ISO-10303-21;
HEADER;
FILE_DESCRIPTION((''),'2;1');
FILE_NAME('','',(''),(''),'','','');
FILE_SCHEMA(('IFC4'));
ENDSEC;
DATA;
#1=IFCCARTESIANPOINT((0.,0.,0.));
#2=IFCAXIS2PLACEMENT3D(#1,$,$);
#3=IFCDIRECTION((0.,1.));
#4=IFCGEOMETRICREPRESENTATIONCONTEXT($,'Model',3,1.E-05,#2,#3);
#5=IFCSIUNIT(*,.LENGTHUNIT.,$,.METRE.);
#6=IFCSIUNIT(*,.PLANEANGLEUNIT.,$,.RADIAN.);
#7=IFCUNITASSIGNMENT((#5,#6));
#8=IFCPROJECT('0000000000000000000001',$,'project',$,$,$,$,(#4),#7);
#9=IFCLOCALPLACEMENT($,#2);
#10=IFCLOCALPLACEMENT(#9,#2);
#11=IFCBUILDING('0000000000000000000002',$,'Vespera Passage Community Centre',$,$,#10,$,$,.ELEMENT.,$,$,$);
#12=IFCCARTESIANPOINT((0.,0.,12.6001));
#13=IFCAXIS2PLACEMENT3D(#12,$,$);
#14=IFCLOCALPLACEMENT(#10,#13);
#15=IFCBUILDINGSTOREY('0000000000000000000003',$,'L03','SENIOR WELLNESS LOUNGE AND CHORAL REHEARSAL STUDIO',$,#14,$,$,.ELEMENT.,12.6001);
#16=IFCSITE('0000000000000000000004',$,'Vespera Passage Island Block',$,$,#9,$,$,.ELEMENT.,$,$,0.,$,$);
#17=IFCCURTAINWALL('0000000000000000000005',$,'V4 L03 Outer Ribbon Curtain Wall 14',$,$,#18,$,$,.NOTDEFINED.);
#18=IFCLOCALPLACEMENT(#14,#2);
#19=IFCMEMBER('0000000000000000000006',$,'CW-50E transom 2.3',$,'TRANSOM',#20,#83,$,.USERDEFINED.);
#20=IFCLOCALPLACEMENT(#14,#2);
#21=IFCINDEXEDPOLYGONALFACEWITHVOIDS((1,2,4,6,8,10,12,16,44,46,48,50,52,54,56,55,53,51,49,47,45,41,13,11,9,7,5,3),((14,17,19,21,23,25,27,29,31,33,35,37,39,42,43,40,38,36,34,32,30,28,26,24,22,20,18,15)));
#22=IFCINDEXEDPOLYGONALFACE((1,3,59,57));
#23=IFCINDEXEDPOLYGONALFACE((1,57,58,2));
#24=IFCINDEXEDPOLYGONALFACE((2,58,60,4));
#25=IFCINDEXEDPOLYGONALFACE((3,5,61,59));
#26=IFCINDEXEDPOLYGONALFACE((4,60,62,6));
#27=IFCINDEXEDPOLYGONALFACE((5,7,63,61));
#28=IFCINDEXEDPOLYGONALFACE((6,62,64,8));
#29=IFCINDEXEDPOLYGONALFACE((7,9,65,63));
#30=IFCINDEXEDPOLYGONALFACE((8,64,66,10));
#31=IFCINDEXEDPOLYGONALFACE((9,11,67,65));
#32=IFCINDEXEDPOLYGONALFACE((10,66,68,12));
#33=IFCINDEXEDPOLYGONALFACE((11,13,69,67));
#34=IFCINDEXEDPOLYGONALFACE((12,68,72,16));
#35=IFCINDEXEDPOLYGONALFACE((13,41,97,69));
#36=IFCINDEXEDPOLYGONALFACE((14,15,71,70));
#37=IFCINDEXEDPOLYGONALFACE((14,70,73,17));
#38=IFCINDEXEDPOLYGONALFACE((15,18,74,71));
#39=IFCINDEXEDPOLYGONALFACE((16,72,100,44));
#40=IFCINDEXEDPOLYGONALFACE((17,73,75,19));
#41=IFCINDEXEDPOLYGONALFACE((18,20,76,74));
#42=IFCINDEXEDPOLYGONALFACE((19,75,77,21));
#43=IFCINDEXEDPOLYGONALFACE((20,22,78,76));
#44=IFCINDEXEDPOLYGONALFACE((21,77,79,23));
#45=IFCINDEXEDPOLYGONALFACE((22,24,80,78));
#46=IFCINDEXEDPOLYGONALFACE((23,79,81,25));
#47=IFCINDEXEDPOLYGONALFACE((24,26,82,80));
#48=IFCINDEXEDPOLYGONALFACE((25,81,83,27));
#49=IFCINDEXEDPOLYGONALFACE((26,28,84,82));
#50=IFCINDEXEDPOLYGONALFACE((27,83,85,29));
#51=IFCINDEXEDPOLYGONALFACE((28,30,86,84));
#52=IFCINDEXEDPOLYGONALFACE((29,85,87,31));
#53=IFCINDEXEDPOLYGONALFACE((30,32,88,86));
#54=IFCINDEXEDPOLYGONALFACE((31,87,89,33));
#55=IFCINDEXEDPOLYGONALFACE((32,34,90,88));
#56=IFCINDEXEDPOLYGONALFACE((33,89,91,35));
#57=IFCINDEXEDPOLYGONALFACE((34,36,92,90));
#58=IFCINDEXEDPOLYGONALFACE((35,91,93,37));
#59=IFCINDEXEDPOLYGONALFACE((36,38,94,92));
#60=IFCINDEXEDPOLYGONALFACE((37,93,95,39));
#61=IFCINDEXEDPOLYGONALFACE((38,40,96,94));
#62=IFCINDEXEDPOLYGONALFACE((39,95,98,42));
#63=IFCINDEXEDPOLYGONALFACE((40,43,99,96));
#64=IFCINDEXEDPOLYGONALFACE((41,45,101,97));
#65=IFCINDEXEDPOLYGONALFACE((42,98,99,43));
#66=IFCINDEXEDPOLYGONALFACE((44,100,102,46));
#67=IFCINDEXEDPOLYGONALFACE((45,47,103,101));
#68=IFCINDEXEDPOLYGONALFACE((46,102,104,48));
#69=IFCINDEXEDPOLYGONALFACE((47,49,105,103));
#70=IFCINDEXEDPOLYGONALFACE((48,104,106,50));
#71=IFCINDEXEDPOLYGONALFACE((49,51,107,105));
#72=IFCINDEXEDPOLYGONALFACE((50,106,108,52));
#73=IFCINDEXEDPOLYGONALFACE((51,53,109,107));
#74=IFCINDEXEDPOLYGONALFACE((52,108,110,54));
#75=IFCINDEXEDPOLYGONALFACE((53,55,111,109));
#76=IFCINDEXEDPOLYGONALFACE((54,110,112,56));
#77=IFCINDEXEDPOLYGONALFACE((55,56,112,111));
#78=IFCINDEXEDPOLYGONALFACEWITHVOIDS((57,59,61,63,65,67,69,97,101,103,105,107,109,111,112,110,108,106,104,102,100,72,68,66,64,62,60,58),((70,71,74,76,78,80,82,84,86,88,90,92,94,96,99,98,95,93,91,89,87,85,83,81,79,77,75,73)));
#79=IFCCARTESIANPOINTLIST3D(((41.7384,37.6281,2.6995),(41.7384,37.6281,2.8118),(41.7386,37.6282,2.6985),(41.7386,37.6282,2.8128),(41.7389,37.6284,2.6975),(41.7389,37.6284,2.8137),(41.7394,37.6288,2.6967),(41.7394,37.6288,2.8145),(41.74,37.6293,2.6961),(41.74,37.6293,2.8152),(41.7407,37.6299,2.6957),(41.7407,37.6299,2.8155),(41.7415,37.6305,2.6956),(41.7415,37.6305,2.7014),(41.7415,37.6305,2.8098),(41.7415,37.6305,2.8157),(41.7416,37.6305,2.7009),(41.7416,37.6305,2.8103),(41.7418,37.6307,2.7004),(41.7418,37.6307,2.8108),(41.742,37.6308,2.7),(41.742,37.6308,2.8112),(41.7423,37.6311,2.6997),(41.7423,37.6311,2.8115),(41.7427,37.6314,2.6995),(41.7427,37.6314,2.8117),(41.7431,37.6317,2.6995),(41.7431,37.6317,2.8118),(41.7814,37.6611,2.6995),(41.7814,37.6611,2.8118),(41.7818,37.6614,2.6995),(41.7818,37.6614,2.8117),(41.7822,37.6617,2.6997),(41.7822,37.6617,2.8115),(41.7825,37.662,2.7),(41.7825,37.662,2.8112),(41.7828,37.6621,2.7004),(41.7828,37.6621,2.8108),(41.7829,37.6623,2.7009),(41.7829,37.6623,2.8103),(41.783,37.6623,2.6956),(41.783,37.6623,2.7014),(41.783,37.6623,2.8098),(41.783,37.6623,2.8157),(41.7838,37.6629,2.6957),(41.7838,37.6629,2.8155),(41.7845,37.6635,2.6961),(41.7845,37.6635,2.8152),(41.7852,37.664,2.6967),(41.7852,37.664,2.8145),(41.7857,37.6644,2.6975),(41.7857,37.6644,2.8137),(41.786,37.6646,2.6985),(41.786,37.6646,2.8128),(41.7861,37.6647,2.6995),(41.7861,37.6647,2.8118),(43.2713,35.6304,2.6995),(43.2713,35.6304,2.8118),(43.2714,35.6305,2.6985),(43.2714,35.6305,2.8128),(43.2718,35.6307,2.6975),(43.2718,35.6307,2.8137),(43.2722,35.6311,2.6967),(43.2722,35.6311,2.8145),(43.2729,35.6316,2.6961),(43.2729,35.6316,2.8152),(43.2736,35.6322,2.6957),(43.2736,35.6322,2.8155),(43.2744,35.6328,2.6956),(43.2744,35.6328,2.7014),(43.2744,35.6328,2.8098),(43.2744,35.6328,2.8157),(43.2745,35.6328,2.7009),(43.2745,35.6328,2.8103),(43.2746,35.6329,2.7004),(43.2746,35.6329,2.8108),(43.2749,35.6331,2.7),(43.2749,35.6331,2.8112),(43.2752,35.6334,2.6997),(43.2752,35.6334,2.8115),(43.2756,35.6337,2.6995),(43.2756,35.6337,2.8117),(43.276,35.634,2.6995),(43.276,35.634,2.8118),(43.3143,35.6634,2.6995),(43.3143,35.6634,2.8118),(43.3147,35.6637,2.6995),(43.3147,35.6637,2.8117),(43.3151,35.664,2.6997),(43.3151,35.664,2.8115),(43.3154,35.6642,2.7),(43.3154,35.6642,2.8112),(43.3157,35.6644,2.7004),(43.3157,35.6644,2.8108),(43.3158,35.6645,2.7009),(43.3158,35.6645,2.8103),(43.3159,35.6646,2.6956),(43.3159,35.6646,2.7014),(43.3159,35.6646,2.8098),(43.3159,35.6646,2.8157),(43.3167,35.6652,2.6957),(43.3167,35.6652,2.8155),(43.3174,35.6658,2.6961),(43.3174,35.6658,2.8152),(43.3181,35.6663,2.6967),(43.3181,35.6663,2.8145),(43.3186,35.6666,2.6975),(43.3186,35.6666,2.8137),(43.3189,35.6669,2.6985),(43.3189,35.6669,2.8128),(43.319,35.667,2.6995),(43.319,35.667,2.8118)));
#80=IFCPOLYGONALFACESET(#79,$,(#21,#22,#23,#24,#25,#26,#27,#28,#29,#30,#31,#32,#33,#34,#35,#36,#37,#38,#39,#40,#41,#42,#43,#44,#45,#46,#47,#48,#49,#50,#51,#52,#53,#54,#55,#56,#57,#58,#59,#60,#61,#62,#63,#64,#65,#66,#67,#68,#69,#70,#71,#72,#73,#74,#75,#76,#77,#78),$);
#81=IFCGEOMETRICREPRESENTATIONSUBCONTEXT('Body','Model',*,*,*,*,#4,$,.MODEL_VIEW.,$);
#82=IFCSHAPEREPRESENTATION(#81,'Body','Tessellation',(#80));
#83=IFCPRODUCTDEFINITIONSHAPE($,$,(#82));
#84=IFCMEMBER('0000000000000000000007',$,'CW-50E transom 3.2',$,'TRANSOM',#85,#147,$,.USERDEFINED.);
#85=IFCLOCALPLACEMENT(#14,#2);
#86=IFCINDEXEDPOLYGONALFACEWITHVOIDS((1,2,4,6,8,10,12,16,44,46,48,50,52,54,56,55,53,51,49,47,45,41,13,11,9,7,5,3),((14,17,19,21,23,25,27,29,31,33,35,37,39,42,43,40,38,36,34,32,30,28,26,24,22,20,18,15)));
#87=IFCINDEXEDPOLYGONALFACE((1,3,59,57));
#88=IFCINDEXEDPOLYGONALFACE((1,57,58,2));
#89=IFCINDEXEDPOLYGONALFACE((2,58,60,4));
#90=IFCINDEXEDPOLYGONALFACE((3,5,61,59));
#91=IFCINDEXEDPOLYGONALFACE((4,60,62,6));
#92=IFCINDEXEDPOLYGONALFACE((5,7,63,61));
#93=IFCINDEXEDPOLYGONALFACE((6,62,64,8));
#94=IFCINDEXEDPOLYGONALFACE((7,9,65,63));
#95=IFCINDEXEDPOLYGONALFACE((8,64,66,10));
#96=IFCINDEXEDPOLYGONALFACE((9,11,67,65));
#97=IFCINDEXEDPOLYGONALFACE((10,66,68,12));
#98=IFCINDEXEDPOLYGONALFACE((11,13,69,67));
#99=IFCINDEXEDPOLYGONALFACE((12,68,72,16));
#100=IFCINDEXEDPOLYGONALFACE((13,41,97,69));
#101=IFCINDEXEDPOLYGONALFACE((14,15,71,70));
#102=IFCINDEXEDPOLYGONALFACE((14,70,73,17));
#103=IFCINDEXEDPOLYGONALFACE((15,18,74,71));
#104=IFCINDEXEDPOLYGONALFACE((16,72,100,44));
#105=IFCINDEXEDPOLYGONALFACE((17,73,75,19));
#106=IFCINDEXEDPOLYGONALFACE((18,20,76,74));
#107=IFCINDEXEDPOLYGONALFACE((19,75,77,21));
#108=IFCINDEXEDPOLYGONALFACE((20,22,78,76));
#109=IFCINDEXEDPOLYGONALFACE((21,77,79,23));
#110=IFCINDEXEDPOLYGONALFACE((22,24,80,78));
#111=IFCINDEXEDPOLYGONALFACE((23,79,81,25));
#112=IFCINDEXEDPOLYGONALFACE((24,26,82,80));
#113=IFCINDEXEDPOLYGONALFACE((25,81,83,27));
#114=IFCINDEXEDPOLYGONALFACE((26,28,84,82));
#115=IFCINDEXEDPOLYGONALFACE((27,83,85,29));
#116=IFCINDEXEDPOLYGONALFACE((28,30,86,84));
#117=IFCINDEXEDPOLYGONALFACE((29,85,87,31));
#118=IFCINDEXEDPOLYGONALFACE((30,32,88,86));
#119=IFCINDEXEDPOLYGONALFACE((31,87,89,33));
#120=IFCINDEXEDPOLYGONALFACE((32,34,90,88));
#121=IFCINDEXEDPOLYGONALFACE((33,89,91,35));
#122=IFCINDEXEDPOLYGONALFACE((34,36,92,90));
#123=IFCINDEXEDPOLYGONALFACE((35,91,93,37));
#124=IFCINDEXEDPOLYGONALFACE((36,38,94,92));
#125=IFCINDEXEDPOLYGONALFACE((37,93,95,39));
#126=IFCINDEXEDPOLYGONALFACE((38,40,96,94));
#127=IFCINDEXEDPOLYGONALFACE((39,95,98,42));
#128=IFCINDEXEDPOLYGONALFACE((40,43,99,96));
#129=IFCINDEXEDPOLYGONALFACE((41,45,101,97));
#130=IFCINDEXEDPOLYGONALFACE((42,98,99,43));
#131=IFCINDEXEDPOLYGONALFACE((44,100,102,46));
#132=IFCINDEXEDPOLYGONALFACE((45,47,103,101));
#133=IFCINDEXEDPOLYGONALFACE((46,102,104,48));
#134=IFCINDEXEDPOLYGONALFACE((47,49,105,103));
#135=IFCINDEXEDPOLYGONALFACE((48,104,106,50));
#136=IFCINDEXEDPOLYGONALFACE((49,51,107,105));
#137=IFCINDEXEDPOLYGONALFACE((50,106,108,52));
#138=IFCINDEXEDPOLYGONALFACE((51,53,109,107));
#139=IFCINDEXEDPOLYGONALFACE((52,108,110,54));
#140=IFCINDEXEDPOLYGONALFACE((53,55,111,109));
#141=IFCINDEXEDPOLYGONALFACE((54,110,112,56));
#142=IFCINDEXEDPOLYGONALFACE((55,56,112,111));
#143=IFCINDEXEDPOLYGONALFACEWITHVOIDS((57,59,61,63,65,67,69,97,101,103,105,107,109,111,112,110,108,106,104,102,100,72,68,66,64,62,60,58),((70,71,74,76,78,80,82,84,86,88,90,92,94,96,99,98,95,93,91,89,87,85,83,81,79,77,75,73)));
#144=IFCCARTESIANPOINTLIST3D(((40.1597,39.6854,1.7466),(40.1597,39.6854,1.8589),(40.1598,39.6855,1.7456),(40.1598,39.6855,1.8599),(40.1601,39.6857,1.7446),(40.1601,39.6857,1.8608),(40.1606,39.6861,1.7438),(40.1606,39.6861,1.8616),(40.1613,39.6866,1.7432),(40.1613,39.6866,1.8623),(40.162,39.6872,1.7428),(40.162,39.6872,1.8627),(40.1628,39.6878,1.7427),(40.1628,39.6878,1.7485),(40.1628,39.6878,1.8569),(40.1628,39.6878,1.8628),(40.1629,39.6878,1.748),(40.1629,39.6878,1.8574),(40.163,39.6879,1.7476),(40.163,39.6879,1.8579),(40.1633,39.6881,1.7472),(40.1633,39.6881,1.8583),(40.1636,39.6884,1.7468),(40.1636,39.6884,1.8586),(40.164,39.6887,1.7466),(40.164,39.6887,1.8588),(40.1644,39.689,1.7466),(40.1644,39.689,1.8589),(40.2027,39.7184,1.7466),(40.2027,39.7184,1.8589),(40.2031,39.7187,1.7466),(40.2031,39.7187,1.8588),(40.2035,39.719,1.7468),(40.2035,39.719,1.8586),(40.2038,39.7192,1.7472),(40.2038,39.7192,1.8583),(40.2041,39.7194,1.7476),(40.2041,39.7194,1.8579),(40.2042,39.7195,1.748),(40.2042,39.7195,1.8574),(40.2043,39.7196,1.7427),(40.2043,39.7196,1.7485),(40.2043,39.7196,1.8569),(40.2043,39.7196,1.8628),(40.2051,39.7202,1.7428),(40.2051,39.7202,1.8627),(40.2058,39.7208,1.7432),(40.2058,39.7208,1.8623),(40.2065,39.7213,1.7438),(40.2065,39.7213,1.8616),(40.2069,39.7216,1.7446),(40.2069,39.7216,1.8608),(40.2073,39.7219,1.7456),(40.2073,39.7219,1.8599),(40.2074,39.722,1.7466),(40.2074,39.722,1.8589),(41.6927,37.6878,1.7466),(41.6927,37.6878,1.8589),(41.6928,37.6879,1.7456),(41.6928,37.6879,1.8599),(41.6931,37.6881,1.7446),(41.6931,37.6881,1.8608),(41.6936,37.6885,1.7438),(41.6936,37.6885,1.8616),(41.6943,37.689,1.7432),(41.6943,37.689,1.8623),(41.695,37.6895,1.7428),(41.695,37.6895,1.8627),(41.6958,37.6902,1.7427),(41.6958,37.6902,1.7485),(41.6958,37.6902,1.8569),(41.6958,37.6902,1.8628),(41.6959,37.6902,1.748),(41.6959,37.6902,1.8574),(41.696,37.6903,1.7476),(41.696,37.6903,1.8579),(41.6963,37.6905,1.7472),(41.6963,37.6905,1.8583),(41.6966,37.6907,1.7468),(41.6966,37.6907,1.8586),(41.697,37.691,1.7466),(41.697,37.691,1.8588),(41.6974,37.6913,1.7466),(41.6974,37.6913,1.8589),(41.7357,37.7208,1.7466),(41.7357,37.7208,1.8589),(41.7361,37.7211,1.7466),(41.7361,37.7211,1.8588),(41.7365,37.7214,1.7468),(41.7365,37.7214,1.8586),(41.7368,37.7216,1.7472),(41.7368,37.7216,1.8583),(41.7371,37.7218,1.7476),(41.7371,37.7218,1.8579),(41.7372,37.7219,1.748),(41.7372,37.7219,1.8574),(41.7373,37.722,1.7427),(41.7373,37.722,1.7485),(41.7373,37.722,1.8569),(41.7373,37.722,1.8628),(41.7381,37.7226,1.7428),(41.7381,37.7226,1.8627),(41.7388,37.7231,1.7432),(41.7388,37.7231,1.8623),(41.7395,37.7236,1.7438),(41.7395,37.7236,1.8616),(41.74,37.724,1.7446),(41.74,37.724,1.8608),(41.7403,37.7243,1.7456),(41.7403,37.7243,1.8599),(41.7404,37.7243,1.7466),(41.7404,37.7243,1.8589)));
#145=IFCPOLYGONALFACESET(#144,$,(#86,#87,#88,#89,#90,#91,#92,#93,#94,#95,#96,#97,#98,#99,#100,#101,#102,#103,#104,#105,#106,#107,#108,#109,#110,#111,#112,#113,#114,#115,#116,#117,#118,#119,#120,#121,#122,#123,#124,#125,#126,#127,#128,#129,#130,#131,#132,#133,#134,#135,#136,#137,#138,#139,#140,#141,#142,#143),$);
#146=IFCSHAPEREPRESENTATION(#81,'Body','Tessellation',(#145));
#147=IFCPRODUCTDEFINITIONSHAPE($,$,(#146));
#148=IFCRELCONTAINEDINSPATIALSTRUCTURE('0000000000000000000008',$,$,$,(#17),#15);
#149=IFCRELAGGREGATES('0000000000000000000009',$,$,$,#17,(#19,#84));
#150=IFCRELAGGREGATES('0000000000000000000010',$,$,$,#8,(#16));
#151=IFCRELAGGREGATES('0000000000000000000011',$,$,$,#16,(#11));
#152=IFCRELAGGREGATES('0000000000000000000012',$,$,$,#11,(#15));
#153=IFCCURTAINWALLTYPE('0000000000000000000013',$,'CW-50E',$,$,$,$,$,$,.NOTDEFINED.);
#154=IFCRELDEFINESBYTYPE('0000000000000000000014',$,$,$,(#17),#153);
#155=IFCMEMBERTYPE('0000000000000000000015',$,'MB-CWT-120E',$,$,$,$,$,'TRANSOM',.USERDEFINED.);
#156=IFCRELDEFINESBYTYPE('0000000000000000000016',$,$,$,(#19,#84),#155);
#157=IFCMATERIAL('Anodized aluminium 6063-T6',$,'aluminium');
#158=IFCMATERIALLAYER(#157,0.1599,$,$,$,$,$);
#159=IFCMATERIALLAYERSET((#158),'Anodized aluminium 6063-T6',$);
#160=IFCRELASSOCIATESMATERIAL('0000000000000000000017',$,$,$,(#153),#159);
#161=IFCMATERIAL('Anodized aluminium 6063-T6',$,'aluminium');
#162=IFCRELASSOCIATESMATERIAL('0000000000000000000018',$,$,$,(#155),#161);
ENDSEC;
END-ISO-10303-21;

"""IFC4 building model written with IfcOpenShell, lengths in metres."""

from ifc_helpers import new_model, si_unit, direction, frame, origin, origin_2d, place, context, subcontext, project, spatial, hollow_rectangle, extrude, material, layer, layer_set, material_profile, profile_set, type_object, element, aggregate, save


model = new_model("IFC4")

# Units and contexts
model_context = context("Model", 3, precision=1e-05, world=origin(), true_north=direction((0.0, 1.0)))
body_context = subcontext(model_context, "Body", "Model", "MODEL_VIEW")
ifc_project = project(units=[si_unit("LENGTHUNIT", "METRE"), si_unit("PLANEANGLEUNIT", "RADIAN")], contexts=[model_context])

# Site, building, storey
site_placement = place(None, origin())
site = spatial("IfcSite", under=ifc_project, at=site_placement, Name="Vespera Passage Island Block", CompositionType="ELEMENT", RefElevation=0.0)
building_placement = place(site_placement, origin())
building = spatial("IfcBuilding", under=site, at=building_placement, Name="Vespera Passage Community Centre", CompositionType="ELEMENT")
storey_placement = place(building_placement, frame((0.0, 0.0, 12.6001)))
storey = spatial("IfcBuildingStorey", under=building, at=storey_placement, Name="L03", Description="SENIOR WELLNESS LOUNGE AND CHORAL REHEARSAL STUDIO", CompositionType="ELEMENT", Elevation=12.6001)

# Curtain wall, members
ifc_material_1 = material(Name="Anodized aluminium 6063-T6", Category="aluminium")
ifc_layer_1 = layer(ifc_material_1, 0.1599)
ifc_layer_set_1 = layer_set([ifc_layer_1], Name="Anodized aluminium 6063-T6")
curtain_wall_type = type_object("IfcCurtainWallType", Name="CW-50E", PredefinedType="NOTDEFINED", material=ifc_layer_set_1)
curtain_wall_placement = place(storey_placement, origin())
curtain_wall = element("IfcCurtainWall", 1, at=curtain_wall_placement, inside=storey, type_object=curtain_wall_type, Name="V4 L03 Outer Ribbon Curtain Wall 14", PredefinedType="NOTDEFINED")
ifc_material_2 = material(Name="Anodized aluminium 6063-T6", Category="aluminium")
ifc_material_profile_1 = material_profile(ifc_material_2, hollow_rectangle(XDim=0.0601, YDim=0.1201, WallThickness=0.0039, InnerFilletRadius=0.002, OuterFilletRadius=0.0039, at=origin_2d()), Name="ALU120X60X4")
ifc_profile_set_1 = profile_set([ifc_material_profile_1], Name="Anodized aluminium 6063-T6")
member_type_1 = type_object("IfcMemberType", Name="MB-CWT-120E", ElementType="TRANSOM", PredefinedType="USERDEFINED", material=ifc_profile_set_1)
member_1_placement = place(storey_placement, frame((43.2952, 35.6487, 2.7556), z_axis=(-0.608759, 0.793355, 0.0), x_axis=(-0.793355, -0.608759, 0.0)))
member_1 = element("IfcMember", 2, at=member_1_placement, type_object=member_type_1, Name="CW-50E transom 2.3", ObjectType="TRANSOM", PredefinedType="USERDEFINED", context=body_context, shape_type="SweptSolid", body=[
    extrude(hollow_rectangle(XDim=0.0601, YDim=0.1201, WallThickness=0.0039, InnerFilletRadius=0.002, OuterFilletRadius=0.0039, at=origin_2d()), origin(), (0.0, 0.0, 1.0), 2.5181),
])
member_2_placement = place(storey_placement, frame((41.7166, 37.7061, 1.8027), z_axis=(-0.608806, 0.793319, 0.0), x_axis=(-0.793319, -0.608806, 0.0)))
member_2 = element("IfcMember", 3, at=member_2_placement, type_object=member_type_1, Name="CW-50E transom 3.2", ObjectType="TRANSOM", PredefinedType="USERDEFINED", context=body_context, shape_type="SweptSolid", body=[
    extrude(hollow_rectangle(XDim=0.0601, YDim=0.1201, WallThickness=0.0039, InnerFilletRadius=0.002, OuterFilletRadius=0.0039, at=origin_2d()), origin(), (0.0, 0.0, 1.0), 2.5181),
])
aggregate(curtain_wall, [member_1, member_2])

save(model, "model.ifc")
